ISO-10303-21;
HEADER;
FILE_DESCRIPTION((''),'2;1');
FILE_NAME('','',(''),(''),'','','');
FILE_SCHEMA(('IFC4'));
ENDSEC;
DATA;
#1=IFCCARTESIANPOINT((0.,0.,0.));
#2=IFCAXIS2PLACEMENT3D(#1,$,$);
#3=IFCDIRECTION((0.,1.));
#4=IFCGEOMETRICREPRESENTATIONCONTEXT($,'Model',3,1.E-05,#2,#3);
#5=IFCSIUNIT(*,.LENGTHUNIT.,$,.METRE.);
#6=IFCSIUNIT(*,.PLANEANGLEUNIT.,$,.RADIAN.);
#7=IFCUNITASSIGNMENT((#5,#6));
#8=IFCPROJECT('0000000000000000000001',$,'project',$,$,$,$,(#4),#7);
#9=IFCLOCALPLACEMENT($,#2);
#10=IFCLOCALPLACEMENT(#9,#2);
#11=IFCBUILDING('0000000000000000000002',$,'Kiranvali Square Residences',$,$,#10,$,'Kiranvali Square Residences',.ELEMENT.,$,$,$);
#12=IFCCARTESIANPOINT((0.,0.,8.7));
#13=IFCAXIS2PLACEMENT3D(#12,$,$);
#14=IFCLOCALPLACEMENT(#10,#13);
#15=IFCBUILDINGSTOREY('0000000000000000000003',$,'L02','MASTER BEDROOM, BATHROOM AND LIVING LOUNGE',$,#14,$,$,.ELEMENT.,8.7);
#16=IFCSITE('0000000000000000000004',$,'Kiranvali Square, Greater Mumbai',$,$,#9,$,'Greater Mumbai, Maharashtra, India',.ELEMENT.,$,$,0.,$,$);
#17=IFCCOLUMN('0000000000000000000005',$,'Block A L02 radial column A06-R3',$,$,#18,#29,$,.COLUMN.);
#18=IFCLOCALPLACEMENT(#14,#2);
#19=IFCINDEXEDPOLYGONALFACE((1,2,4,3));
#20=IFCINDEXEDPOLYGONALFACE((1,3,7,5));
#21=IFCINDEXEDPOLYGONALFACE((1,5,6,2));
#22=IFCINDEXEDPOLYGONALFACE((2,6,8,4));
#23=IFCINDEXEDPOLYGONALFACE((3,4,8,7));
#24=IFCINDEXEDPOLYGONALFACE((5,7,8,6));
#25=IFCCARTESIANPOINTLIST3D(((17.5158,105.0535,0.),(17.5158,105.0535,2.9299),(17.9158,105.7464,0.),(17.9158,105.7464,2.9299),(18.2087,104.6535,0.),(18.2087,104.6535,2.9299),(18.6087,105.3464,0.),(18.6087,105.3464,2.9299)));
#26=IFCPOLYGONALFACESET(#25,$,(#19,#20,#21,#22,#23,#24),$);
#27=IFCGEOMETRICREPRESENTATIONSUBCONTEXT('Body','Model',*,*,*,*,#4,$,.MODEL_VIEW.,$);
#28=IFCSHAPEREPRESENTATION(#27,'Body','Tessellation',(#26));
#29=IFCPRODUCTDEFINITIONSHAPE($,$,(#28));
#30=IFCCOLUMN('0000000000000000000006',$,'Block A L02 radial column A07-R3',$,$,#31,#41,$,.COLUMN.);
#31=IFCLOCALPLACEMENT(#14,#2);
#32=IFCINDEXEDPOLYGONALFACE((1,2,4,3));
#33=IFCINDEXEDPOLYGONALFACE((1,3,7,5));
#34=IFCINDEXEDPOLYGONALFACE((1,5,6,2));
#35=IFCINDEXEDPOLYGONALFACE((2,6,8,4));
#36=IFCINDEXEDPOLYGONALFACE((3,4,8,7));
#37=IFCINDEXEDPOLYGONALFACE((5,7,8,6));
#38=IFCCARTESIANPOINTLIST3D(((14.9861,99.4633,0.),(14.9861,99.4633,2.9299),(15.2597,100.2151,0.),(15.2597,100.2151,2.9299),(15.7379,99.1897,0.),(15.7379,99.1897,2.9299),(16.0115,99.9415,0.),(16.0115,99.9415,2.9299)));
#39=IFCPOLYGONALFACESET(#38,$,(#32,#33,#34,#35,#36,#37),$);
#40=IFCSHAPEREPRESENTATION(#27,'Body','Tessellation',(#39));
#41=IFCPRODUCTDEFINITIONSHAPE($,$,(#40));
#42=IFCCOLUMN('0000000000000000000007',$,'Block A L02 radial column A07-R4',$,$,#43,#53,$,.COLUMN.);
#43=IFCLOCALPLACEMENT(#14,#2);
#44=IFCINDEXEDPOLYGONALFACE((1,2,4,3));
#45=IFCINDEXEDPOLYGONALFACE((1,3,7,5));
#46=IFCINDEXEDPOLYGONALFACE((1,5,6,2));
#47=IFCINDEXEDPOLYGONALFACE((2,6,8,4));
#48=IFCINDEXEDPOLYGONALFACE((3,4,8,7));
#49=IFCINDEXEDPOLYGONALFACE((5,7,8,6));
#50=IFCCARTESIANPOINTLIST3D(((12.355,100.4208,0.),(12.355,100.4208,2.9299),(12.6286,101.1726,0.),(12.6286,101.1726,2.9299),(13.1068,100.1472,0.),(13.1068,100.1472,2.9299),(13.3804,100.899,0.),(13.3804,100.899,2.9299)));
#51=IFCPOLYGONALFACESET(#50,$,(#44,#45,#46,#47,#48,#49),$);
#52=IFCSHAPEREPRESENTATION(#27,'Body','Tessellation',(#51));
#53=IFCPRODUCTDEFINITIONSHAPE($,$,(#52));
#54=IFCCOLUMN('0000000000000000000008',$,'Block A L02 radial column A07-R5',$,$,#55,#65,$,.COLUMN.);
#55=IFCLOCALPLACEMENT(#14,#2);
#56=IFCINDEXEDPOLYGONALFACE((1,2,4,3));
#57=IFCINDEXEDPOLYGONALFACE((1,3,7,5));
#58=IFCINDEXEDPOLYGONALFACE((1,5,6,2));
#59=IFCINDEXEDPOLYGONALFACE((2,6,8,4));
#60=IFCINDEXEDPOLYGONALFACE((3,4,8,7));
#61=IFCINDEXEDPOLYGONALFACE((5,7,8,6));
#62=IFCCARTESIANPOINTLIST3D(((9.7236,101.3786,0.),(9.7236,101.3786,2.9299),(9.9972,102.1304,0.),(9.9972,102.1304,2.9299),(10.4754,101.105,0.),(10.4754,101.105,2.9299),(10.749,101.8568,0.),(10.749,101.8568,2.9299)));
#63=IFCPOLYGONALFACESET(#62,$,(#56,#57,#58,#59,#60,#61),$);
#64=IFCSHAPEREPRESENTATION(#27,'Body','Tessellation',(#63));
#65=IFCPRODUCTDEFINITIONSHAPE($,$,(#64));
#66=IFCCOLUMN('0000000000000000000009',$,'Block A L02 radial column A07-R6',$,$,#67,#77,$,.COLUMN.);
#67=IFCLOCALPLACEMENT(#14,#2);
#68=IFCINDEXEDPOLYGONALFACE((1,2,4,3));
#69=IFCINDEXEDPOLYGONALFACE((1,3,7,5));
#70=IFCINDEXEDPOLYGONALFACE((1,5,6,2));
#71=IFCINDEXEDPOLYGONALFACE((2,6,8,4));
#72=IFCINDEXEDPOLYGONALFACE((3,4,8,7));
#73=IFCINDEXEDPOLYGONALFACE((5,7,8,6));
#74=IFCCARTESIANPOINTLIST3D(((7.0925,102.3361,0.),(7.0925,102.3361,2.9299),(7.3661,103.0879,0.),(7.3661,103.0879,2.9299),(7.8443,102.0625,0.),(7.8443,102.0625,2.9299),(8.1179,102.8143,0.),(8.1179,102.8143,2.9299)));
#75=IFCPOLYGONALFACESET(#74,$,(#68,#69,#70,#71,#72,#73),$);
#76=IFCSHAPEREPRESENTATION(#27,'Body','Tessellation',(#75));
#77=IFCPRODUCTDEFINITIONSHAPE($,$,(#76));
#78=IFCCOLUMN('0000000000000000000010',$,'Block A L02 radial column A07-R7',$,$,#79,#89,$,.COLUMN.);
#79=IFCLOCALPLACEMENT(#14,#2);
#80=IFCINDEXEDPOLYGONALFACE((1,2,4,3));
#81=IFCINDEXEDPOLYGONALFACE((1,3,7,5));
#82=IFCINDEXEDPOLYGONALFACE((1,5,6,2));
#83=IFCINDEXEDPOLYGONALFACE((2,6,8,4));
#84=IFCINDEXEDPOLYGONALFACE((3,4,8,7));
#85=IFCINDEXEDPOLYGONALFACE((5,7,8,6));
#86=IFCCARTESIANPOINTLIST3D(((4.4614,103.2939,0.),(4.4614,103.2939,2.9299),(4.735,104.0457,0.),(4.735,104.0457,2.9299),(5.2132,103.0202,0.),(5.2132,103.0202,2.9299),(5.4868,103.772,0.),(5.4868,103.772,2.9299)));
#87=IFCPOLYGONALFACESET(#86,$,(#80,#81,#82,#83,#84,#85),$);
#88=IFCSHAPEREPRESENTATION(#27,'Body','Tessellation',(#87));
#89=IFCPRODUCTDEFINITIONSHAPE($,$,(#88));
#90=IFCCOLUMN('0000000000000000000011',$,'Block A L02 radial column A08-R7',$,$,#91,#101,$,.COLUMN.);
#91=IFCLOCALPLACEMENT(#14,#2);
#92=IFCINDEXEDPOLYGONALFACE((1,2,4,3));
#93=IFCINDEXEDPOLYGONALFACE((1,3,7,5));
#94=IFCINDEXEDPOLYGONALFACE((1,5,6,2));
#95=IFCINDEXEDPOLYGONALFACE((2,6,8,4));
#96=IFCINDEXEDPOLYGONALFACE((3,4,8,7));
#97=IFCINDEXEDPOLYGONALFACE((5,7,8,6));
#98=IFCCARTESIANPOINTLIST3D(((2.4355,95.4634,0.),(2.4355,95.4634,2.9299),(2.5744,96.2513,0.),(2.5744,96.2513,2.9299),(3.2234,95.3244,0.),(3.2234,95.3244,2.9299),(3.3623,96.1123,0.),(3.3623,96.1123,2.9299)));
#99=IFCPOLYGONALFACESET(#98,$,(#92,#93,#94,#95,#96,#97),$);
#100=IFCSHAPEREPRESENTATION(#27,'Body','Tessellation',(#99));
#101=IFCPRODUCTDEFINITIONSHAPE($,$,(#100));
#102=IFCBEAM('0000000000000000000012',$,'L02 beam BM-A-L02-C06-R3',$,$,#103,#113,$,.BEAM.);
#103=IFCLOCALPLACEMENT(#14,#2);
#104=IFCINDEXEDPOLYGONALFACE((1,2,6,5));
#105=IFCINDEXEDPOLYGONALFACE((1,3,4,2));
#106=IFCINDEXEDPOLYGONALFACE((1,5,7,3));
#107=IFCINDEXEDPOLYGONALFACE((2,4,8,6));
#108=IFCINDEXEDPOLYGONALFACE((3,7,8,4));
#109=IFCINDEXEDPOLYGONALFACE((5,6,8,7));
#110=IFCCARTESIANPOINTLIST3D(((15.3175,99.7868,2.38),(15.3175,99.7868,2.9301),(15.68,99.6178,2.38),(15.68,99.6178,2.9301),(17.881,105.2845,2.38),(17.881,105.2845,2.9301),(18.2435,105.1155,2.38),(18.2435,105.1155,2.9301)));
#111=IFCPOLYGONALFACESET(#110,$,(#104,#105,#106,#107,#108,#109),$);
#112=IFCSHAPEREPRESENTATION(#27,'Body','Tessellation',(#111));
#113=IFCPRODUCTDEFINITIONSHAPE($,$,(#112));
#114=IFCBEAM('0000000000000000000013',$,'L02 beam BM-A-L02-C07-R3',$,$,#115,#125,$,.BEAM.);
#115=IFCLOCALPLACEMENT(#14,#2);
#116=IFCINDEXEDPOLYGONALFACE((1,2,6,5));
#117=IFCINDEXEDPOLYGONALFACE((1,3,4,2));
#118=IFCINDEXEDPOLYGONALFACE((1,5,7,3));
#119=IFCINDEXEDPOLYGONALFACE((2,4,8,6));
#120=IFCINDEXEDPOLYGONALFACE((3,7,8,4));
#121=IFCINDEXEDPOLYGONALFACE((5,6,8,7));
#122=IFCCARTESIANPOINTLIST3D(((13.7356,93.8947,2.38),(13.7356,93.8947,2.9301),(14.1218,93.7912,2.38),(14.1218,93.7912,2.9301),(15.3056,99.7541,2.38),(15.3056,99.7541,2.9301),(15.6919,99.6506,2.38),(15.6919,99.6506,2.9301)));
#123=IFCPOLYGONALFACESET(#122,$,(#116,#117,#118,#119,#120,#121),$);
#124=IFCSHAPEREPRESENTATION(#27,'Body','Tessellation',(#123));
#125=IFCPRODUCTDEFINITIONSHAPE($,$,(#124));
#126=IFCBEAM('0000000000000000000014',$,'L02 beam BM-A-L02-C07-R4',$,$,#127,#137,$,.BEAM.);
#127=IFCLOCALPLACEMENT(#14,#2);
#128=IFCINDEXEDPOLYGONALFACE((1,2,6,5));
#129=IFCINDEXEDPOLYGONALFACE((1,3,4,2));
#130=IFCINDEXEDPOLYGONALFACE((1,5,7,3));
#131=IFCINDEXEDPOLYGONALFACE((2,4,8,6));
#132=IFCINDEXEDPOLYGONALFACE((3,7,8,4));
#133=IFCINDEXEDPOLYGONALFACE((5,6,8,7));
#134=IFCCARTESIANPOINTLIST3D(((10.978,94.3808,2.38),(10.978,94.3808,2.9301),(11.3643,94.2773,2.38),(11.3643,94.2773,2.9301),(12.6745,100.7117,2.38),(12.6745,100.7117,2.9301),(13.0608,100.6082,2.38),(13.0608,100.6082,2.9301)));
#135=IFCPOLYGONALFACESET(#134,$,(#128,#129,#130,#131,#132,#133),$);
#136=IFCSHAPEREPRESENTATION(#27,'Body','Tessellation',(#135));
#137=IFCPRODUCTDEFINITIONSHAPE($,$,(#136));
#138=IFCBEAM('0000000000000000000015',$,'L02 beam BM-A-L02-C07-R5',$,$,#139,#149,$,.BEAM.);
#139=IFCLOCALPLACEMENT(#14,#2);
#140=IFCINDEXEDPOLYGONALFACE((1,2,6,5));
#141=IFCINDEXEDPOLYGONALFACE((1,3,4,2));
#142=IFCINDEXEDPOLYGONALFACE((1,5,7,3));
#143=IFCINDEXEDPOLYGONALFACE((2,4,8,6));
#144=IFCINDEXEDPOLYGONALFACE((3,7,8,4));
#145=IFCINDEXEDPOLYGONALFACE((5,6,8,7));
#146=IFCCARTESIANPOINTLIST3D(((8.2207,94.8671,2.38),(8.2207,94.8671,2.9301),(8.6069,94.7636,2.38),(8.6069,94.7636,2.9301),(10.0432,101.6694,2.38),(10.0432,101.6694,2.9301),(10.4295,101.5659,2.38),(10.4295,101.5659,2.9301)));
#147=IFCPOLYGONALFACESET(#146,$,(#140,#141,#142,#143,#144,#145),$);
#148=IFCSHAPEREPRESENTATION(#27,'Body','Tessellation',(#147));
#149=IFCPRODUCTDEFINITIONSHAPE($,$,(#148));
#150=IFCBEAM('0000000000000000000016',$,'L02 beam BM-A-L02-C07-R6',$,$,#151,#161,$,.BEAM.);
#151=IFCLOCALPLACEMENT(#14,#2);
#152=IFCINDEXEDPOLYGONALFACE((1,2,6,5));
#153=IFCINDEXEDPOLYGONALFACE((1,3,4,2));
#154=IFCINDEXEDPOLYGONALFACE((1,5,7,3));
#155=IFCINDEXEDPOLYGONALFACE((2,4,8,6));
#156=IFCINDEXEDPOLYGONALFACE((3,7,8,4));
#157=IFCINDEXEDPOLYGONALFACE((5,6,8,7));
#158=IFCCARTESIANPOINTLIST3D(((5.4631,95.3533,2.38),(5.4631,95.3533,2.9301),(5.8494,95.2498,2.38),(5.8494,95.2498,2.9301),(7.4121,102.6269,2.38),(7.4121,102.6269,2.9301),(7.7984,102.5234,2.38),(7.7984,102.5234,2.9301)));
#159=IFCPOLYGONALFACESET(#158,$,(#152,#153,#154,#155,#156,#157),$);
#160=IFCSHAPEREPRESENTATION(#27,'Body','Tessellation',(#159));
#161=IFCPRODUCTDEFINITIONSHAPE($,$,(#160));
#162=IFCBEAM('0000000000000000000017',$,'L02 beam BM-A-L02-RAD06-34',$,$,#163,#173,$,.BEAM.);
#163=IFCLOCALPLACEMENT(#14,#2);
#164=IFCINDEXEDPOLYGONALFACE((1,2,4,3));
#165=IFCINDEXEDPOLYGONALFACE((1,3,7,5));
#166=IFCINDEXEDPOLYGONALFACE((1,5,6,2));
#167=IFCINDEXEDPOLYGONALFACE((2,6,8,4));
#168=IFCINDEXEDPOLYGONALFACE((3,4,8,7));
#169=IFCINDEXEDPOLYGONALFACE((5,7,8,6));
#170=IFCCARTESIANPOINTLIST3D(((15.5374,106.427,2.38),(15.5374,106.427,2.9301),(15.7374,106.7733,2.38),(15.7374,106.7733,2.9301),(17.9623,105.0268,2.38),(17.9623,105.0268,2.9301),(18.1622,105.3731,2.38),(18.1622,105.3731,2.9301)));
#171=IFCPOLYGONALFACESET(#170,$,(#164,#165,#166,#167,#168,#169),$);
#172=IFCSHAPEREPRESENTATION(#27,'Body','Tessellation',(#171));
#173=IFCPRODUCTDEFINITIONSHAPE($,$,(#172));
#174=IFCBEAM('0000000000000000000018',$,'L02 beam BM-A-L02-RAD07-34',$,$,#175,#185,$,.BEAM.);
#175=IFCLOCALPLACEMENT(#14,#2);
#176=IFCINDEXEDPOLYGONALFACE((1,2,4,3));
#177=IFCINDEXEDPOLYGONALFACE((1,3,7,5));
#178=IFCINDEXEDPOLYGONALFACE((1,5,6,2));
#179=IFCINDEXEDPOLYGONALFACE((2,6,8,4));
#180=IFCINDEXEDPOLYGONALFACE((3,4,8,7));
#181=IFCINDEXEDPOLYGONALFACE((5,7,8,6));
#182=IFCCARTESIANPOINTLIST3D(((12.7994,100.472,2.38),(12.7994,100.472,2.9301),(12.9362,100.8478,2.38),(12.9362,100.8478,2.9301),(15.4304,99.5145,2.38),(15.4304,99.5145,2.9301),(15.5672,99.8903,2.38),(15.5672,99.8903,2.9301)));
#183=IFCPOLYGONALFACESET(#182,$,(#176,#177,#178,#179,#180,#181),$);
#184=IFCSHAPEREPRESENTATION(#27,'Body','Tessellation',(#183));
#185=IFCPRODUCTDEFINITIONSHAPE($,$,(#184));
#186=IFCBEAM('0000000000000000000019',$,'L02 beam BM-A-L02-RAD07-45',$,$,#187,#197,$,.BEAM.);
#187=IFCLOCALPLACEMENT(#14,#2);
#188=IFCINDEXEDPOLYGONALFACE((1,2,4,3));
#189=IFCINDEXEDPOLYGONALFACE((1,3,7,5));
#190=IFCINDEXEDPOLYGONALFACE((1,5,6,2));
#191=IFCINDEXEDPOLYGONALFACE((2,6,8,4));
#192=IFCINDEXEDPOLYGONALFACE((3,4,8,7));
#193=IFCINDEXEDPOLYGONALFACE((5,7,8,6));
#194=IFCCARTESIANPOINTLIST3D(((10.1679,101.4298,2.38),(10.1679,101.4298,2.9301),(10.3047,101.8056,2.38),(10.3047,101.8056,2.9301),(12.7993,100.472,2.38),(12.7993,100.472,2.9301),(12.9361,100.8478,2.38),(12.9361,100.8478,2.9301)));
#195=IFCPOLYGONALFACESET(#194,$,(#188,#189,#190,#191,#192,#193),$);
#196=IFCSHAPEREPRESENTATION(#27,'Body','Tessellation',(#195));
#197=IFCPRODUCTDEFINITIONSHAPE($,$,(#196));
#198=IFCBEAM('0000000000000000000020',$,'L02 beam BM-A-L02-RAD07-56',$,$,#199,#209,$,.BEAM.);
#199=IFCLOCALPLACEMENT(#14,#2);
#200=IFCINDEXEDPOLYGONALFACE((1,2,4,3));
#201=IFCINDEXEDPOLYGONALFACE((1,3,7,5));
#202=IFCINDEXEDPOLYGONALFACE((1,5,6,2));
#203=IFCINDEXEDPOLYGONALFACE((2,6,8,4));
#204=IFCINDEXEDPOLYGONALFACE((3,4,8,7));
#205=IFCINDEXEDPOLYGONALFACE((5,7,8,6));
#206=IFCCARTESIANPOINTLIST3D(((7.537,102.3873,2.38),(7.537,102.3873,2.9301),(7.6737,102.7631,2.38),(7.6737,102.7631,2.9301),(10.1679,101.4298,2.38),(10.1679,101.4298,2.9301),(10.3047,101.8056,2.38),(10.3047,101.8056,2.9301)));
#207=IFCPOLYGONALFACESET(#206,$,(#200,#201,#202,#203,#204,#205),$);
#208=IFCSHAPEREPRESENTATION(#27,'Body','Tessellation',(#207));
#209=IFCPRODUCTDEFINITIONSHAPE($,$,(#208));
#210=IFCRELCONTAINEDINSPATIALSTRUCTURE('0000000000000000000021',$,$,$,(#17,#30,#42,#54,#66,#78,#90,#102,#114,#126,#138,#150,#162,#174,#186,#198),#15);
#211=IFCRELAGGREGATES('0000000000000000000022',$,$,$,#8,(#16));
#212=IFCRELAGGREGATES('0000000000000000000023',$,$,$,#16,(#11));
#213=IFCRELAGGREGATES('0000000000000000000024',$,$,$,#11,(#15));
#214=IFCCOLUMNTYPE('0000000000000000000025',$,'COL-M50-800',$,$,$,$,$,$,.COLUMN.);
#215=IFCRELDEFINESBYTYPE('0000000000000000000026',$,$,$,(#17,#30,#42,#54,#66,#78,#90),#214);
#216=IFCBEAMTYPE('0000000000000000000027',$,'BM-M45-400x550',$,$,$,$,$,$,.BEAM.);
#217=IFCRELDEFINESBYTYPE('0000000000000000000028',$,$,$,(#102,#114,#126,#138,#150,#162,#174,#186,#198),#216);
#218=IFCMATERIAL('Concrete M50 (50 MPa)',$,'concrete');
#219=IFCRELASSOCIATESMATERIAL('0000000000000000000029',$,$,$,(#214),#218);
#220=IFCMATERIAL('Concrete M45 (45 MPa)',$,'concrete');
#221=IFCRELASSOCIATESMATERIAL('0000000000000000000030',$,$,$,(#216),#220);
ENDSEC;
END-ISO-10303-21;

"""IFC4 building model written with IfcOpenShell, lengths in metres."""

from ifc_helpers import new_model, si_unit, direction, frame, origin, origin_2d, place, context, subcontext, project, spatial, rectangle, extrude, material, material_profile, profile_set, type_object, element, save


model = new_model("IFC4")

# Units and contexts
model_context = context("Model", 3, precision=1e-05, world=origin(), true_north=direction((0.0, 1.0)))
body_context = subcontext(model_context, "Body", "Model", "MODEL_VIEW")
ifc_project = project(units=[si_unit("LENGTHUNIT", "METRE"), si_unit("PLANEANGLEUNIT", "RADIAN")], contexts=[model_context])

# Site, building, storey
site_placement = place(None, origin())
site = spatial("IfcSite", under=ifc_project, at=site_placement, Name="Kiranvali Square, Greater Mumbai", LongName="Greater Mumbai, Maharashtra, India", CompositionType="ELEMENT", RefElevation=0.0)
building_placement = place(site_placement, origin())
building = spatial("IfcBuilding", under=site, at=building_placement, Name="Kiranvali Square Residences", LongName="Kiranvali Square Residences", CompositionType="ELEMENT")
storey_placement = place(building_placement, frame((0.0, 0.0, 8.7)))
storey = spatial("IfcBuildingStorey", under=building, at=storey_placement, Name="L02", Description="MASTER BEDROOM, BATHROOM AND LIVING LOUNGE", CompositionType="ELEMENT", Elevation=8.7)

# Columns
ifc_material_1 = material(Name="Concrete M50 (50 MPa)", Category="concrete")
ifc_material_profile_1 = material_profile(ifc_material_1, rectangle(XDim=0.8, YDim=0.8, at=origin_2d()), Name="RC 800x800")
ifc_profile_set_1 = profile_set([ifc_material_profile_1], Name="Concrete M50 (50 MPa)")
column_type = type_object("IfcColumnType", Name="COL-M50-800", PredefinedType="COLUMN", material=ifc_profile_set_1)
for number, where, z_axis, x_axis, name in (
    (1, (18.0623, 105.2, 0.0), (0.0, 0.0, 1.0), (0.5, 0.866025, 0.0), "Block A L02 radial column A06-R3"),
    (2, (15.4988, 99.7024, 0.0), (0.0, 0.0, 1.0), (0.34202, 0.939693, 0.0), "Block A L02 radial column A07-R3"),
    (3, (12.8677, 100.6599, 0.0), (0.0, 0.0, 1.0), (0.34202, 0.939693, 0.0), "Block A L02 radial column A07-R4"),
    (4, (10.2363, 101.6177, 0.0), (0.0, 0.0, 1.0), (0.34202, 0.939693, 0.0), "Block A L02 radial column A07-R5"),
    (5, (7.6052, 102.5752, 0.0), (0.0, 0.0, 1.0), (0.34202, 0.939693, 0.0), "Block A L02 radial column A07-R6"),
    (6, (4.9741, 103.533, 0.0), (0.0, 0.0, 1.0), (0.34202, 0.939693, 0.0), "Block A L02 radial column A07-R7"),
    (7, (2.8989, 95.7878, 0.0), (0.0, 0.0, 1.0), (0.173648, 0.984808, 0.0), "Block A L02 radial column A08-R7"),
):
    element("IfcColumn", number, at=place(storey_placement, frame(where, z_axis=z_axis, x_axis=x_axis)), inside=storey, type_object=column_type, Name=name, PredefinedType="COLUMN", context=body_context, shape_type="SweptSolid", body=[
        extrude(rectangle(XDim=0.8, YDim=0.8, at=origin_2d()), origin(), (0.0, 0.0, 1.0), 2.9299),
    ])

# Beams
ifc_material_2 = material(Name="Concrete M45 (45 MPa)", Category="concrete")
ifc_material_profile_2 = material_profile(ifc_material_2, rectangle(XDim=0.3999, YDim=0.55, at=origin_2d()), Name="RC 400x550")
ifc_profile_set_2 = profile_set([ifc_material_profile_2], Name="Concrete M45 (45 MPa)")
beam_type_1 = type_object("IfcBeamType", Name="BM-M45-400x550", PredefinedType="BEAM", material=ifc_profile_set_2)
beam_1_placement = place(storey_placement, frame((18.0623, 105.2, 2.655), z_axis=(-0.422608, -0.906313, 0.0), x_axis=(0.906313, -0.422608, 0.0)))
element("IfcBeam", 8, at=beam_1_placement, inside=storey, type_object=beam_type_1, Name="L02 beam BM-A-L02-C06-R3", PredefinedType="BEAM", context=body_context, shape_type="SweptSolid", body=[
    extrude(rectangle(XDim=0.3999, YDim=0.55, at=origin_2d()), origin(), (0.0, 0.0, 1.0), 6.0659),
])
beam_2_placement = place(storey_placement, frame((15.4988, 99.7024, 2.655), z_axis=(-0.258827, -0.965924, 0.0), x_axis=(0.965924, -0.258827, 0.0)))
element("IfcBeam", 9, at=beam_2_placement, inside=storey, type_object=beam_type_1, Name="L02 beam BM-A-L02-C07-R3", PredefinedType="BEAM", context=body_context, shape_type="SweptSolid", body=[
    extrude(rectangle(XDim=0.3999, YDim=0.55, at=origin_2d()), origin(), (0.0, 0.0, 1.0), 6.0662),
])
beam_3_placement = place(storey_placement, frame((12.8677, 100.6599, 2.655), z_axis=(-0.258847, -0.965918, 0.0), x_axis=(0.965918, -0.258847, 0.0)))
element("IfcBeam", 10, at=beam_3_placement, inside=storey, type_object=beam_type_1, Name="L02 beam BM-A-L02-C07-R4", PredefinedType="BEAM", context=body_context, shape_type="SweptSolid", body=[
    extrude(rectangle(XDim=0.3999, YDim=0.55, at=origin_2d()), origin(), (0.0, 0.0, 1.0), 6.5542),
])
beam_4_placement = place(storey_placement, frame((10.2363, 101.6177, 2.655), z_axis=(-0.2588, -0.965931, 0.0), x_axis=(0.965931, -0.2588, 0.0)))
element("IfcBeam", 11, at=beam_4_placement, inside=storey, type_object=beam_type_1, Name="L02 beam BM-A-L02-C07-R5", PredefinedType="BEAM", context=body_context, shape_type="SweptSolid", body=[
    extrude(rectangle(XDim=0.3999, YDim=0.55, at=origin_2d()), origin(), (0.0, 0.0, 1.0), 7.0422),
])
beam_5_placement = place(storey_placement, frame((7.6052, 102.5752, 2.655), z_axis=(-0.258819, -0.965926, 0.0), x_axis=(0.965926, -0.258819, 0.0)))
element("IfcBeam", 12, at=beam_5_placement, inside=storey, type_object=beam_type_1, Name="L02 beam BM-A-L02-C07-R6", PredefinedType="BEAM", context=body_context, shape_type="SweptSolid", body=[
    extrude(rectangle(XDim=0.3999, YDim=0.55, at=origin_2d()), origin(), (0.0, 0.0, 1.0), 7.5303),
])
beam_6_placement = place(storey_placement, frame((18.0623, 105.2, 2.655), z_axis=(-0.865997, 0.50005, 0.0), x_axis=(-0.50005, -0.865997, 0.0)))
element("IfcBeam", 13, at=beam_6_placement, inside=storey, type_object=beam_type_1, Name="L02 beam BM-A-L02-RAD06-34", PredefinedType="BEAM", context=body_context, shape_type="SweptSolid", body=[
    extrude(rectangle(XDim=0.3999, YDim=0.55, at=origin_2d()), origin(), (0.0, 0.0, 1.0), 2.8),
])
beam_7_placement = place(storey_placement, frame((15.4988, 99.7024, 2.655), z_axis=(-0.939707, 0.341981, 0.0), x_axis=(-0.341981, -0.939707, 0.0)))
element("IfcBeam", 14, at=beam_7_placement, inside=storey, type_object=beam_type_1, Name="L02 beam BM-A-L02-RAD07-34", PredefinedType="BEAM", context=body_context, shape_type="SweptSolid", body=[
    extrude(rectangle(XDim=0.3999, YDim=0.55, at=origin_2d()), origin(), (0.0, 0.0, 1.0), 2.7998),
])
beam_8_placement = place(storey_placement, frame((12.8677, 100.6599, 2.655), z_axis=(-0.939689, 0.34203, 0.0), x_axis=(-0.34203, -0.939689, 0.0)))
element("IfcBeam", 15, at=beam_8_placement, inside=storey, type_object=beam_type_1, Name="L02 beam BM-A-L02-RAD07-45", PredefinedType="BEAM", context=body_context, shape_type="SweptSolid", body=[
    extrude(rectangle(XDim=0.3999, YDim=0.55, at=origin_2d()), origin(), (0.0, 0.0, 1.0), 2.8003),
])
beam_9_placement = place(storey_placement, frame((10.2363, 101.6177, 2.655), z_axis=(-0.939707, 0.341981, 0.0), x_axis=(-0.341981, -0.939707, 0.0)))
element("IfcBeam", 16, at=beam_9_placement, inside=storey, type_object=beam_type_1, Name="L02 beam BM-A-L02-RAD07-56", PredefinedType="BEAM", context=body_context, shape_type="SweptSolid", body=[
    extrude(rectangle(XDim=0.3999, YDim=0.55, at=origin_2d()), origin(), (0.0, 0.0, 1.0), 2.7998),
])

save(model, "model.ifc")
